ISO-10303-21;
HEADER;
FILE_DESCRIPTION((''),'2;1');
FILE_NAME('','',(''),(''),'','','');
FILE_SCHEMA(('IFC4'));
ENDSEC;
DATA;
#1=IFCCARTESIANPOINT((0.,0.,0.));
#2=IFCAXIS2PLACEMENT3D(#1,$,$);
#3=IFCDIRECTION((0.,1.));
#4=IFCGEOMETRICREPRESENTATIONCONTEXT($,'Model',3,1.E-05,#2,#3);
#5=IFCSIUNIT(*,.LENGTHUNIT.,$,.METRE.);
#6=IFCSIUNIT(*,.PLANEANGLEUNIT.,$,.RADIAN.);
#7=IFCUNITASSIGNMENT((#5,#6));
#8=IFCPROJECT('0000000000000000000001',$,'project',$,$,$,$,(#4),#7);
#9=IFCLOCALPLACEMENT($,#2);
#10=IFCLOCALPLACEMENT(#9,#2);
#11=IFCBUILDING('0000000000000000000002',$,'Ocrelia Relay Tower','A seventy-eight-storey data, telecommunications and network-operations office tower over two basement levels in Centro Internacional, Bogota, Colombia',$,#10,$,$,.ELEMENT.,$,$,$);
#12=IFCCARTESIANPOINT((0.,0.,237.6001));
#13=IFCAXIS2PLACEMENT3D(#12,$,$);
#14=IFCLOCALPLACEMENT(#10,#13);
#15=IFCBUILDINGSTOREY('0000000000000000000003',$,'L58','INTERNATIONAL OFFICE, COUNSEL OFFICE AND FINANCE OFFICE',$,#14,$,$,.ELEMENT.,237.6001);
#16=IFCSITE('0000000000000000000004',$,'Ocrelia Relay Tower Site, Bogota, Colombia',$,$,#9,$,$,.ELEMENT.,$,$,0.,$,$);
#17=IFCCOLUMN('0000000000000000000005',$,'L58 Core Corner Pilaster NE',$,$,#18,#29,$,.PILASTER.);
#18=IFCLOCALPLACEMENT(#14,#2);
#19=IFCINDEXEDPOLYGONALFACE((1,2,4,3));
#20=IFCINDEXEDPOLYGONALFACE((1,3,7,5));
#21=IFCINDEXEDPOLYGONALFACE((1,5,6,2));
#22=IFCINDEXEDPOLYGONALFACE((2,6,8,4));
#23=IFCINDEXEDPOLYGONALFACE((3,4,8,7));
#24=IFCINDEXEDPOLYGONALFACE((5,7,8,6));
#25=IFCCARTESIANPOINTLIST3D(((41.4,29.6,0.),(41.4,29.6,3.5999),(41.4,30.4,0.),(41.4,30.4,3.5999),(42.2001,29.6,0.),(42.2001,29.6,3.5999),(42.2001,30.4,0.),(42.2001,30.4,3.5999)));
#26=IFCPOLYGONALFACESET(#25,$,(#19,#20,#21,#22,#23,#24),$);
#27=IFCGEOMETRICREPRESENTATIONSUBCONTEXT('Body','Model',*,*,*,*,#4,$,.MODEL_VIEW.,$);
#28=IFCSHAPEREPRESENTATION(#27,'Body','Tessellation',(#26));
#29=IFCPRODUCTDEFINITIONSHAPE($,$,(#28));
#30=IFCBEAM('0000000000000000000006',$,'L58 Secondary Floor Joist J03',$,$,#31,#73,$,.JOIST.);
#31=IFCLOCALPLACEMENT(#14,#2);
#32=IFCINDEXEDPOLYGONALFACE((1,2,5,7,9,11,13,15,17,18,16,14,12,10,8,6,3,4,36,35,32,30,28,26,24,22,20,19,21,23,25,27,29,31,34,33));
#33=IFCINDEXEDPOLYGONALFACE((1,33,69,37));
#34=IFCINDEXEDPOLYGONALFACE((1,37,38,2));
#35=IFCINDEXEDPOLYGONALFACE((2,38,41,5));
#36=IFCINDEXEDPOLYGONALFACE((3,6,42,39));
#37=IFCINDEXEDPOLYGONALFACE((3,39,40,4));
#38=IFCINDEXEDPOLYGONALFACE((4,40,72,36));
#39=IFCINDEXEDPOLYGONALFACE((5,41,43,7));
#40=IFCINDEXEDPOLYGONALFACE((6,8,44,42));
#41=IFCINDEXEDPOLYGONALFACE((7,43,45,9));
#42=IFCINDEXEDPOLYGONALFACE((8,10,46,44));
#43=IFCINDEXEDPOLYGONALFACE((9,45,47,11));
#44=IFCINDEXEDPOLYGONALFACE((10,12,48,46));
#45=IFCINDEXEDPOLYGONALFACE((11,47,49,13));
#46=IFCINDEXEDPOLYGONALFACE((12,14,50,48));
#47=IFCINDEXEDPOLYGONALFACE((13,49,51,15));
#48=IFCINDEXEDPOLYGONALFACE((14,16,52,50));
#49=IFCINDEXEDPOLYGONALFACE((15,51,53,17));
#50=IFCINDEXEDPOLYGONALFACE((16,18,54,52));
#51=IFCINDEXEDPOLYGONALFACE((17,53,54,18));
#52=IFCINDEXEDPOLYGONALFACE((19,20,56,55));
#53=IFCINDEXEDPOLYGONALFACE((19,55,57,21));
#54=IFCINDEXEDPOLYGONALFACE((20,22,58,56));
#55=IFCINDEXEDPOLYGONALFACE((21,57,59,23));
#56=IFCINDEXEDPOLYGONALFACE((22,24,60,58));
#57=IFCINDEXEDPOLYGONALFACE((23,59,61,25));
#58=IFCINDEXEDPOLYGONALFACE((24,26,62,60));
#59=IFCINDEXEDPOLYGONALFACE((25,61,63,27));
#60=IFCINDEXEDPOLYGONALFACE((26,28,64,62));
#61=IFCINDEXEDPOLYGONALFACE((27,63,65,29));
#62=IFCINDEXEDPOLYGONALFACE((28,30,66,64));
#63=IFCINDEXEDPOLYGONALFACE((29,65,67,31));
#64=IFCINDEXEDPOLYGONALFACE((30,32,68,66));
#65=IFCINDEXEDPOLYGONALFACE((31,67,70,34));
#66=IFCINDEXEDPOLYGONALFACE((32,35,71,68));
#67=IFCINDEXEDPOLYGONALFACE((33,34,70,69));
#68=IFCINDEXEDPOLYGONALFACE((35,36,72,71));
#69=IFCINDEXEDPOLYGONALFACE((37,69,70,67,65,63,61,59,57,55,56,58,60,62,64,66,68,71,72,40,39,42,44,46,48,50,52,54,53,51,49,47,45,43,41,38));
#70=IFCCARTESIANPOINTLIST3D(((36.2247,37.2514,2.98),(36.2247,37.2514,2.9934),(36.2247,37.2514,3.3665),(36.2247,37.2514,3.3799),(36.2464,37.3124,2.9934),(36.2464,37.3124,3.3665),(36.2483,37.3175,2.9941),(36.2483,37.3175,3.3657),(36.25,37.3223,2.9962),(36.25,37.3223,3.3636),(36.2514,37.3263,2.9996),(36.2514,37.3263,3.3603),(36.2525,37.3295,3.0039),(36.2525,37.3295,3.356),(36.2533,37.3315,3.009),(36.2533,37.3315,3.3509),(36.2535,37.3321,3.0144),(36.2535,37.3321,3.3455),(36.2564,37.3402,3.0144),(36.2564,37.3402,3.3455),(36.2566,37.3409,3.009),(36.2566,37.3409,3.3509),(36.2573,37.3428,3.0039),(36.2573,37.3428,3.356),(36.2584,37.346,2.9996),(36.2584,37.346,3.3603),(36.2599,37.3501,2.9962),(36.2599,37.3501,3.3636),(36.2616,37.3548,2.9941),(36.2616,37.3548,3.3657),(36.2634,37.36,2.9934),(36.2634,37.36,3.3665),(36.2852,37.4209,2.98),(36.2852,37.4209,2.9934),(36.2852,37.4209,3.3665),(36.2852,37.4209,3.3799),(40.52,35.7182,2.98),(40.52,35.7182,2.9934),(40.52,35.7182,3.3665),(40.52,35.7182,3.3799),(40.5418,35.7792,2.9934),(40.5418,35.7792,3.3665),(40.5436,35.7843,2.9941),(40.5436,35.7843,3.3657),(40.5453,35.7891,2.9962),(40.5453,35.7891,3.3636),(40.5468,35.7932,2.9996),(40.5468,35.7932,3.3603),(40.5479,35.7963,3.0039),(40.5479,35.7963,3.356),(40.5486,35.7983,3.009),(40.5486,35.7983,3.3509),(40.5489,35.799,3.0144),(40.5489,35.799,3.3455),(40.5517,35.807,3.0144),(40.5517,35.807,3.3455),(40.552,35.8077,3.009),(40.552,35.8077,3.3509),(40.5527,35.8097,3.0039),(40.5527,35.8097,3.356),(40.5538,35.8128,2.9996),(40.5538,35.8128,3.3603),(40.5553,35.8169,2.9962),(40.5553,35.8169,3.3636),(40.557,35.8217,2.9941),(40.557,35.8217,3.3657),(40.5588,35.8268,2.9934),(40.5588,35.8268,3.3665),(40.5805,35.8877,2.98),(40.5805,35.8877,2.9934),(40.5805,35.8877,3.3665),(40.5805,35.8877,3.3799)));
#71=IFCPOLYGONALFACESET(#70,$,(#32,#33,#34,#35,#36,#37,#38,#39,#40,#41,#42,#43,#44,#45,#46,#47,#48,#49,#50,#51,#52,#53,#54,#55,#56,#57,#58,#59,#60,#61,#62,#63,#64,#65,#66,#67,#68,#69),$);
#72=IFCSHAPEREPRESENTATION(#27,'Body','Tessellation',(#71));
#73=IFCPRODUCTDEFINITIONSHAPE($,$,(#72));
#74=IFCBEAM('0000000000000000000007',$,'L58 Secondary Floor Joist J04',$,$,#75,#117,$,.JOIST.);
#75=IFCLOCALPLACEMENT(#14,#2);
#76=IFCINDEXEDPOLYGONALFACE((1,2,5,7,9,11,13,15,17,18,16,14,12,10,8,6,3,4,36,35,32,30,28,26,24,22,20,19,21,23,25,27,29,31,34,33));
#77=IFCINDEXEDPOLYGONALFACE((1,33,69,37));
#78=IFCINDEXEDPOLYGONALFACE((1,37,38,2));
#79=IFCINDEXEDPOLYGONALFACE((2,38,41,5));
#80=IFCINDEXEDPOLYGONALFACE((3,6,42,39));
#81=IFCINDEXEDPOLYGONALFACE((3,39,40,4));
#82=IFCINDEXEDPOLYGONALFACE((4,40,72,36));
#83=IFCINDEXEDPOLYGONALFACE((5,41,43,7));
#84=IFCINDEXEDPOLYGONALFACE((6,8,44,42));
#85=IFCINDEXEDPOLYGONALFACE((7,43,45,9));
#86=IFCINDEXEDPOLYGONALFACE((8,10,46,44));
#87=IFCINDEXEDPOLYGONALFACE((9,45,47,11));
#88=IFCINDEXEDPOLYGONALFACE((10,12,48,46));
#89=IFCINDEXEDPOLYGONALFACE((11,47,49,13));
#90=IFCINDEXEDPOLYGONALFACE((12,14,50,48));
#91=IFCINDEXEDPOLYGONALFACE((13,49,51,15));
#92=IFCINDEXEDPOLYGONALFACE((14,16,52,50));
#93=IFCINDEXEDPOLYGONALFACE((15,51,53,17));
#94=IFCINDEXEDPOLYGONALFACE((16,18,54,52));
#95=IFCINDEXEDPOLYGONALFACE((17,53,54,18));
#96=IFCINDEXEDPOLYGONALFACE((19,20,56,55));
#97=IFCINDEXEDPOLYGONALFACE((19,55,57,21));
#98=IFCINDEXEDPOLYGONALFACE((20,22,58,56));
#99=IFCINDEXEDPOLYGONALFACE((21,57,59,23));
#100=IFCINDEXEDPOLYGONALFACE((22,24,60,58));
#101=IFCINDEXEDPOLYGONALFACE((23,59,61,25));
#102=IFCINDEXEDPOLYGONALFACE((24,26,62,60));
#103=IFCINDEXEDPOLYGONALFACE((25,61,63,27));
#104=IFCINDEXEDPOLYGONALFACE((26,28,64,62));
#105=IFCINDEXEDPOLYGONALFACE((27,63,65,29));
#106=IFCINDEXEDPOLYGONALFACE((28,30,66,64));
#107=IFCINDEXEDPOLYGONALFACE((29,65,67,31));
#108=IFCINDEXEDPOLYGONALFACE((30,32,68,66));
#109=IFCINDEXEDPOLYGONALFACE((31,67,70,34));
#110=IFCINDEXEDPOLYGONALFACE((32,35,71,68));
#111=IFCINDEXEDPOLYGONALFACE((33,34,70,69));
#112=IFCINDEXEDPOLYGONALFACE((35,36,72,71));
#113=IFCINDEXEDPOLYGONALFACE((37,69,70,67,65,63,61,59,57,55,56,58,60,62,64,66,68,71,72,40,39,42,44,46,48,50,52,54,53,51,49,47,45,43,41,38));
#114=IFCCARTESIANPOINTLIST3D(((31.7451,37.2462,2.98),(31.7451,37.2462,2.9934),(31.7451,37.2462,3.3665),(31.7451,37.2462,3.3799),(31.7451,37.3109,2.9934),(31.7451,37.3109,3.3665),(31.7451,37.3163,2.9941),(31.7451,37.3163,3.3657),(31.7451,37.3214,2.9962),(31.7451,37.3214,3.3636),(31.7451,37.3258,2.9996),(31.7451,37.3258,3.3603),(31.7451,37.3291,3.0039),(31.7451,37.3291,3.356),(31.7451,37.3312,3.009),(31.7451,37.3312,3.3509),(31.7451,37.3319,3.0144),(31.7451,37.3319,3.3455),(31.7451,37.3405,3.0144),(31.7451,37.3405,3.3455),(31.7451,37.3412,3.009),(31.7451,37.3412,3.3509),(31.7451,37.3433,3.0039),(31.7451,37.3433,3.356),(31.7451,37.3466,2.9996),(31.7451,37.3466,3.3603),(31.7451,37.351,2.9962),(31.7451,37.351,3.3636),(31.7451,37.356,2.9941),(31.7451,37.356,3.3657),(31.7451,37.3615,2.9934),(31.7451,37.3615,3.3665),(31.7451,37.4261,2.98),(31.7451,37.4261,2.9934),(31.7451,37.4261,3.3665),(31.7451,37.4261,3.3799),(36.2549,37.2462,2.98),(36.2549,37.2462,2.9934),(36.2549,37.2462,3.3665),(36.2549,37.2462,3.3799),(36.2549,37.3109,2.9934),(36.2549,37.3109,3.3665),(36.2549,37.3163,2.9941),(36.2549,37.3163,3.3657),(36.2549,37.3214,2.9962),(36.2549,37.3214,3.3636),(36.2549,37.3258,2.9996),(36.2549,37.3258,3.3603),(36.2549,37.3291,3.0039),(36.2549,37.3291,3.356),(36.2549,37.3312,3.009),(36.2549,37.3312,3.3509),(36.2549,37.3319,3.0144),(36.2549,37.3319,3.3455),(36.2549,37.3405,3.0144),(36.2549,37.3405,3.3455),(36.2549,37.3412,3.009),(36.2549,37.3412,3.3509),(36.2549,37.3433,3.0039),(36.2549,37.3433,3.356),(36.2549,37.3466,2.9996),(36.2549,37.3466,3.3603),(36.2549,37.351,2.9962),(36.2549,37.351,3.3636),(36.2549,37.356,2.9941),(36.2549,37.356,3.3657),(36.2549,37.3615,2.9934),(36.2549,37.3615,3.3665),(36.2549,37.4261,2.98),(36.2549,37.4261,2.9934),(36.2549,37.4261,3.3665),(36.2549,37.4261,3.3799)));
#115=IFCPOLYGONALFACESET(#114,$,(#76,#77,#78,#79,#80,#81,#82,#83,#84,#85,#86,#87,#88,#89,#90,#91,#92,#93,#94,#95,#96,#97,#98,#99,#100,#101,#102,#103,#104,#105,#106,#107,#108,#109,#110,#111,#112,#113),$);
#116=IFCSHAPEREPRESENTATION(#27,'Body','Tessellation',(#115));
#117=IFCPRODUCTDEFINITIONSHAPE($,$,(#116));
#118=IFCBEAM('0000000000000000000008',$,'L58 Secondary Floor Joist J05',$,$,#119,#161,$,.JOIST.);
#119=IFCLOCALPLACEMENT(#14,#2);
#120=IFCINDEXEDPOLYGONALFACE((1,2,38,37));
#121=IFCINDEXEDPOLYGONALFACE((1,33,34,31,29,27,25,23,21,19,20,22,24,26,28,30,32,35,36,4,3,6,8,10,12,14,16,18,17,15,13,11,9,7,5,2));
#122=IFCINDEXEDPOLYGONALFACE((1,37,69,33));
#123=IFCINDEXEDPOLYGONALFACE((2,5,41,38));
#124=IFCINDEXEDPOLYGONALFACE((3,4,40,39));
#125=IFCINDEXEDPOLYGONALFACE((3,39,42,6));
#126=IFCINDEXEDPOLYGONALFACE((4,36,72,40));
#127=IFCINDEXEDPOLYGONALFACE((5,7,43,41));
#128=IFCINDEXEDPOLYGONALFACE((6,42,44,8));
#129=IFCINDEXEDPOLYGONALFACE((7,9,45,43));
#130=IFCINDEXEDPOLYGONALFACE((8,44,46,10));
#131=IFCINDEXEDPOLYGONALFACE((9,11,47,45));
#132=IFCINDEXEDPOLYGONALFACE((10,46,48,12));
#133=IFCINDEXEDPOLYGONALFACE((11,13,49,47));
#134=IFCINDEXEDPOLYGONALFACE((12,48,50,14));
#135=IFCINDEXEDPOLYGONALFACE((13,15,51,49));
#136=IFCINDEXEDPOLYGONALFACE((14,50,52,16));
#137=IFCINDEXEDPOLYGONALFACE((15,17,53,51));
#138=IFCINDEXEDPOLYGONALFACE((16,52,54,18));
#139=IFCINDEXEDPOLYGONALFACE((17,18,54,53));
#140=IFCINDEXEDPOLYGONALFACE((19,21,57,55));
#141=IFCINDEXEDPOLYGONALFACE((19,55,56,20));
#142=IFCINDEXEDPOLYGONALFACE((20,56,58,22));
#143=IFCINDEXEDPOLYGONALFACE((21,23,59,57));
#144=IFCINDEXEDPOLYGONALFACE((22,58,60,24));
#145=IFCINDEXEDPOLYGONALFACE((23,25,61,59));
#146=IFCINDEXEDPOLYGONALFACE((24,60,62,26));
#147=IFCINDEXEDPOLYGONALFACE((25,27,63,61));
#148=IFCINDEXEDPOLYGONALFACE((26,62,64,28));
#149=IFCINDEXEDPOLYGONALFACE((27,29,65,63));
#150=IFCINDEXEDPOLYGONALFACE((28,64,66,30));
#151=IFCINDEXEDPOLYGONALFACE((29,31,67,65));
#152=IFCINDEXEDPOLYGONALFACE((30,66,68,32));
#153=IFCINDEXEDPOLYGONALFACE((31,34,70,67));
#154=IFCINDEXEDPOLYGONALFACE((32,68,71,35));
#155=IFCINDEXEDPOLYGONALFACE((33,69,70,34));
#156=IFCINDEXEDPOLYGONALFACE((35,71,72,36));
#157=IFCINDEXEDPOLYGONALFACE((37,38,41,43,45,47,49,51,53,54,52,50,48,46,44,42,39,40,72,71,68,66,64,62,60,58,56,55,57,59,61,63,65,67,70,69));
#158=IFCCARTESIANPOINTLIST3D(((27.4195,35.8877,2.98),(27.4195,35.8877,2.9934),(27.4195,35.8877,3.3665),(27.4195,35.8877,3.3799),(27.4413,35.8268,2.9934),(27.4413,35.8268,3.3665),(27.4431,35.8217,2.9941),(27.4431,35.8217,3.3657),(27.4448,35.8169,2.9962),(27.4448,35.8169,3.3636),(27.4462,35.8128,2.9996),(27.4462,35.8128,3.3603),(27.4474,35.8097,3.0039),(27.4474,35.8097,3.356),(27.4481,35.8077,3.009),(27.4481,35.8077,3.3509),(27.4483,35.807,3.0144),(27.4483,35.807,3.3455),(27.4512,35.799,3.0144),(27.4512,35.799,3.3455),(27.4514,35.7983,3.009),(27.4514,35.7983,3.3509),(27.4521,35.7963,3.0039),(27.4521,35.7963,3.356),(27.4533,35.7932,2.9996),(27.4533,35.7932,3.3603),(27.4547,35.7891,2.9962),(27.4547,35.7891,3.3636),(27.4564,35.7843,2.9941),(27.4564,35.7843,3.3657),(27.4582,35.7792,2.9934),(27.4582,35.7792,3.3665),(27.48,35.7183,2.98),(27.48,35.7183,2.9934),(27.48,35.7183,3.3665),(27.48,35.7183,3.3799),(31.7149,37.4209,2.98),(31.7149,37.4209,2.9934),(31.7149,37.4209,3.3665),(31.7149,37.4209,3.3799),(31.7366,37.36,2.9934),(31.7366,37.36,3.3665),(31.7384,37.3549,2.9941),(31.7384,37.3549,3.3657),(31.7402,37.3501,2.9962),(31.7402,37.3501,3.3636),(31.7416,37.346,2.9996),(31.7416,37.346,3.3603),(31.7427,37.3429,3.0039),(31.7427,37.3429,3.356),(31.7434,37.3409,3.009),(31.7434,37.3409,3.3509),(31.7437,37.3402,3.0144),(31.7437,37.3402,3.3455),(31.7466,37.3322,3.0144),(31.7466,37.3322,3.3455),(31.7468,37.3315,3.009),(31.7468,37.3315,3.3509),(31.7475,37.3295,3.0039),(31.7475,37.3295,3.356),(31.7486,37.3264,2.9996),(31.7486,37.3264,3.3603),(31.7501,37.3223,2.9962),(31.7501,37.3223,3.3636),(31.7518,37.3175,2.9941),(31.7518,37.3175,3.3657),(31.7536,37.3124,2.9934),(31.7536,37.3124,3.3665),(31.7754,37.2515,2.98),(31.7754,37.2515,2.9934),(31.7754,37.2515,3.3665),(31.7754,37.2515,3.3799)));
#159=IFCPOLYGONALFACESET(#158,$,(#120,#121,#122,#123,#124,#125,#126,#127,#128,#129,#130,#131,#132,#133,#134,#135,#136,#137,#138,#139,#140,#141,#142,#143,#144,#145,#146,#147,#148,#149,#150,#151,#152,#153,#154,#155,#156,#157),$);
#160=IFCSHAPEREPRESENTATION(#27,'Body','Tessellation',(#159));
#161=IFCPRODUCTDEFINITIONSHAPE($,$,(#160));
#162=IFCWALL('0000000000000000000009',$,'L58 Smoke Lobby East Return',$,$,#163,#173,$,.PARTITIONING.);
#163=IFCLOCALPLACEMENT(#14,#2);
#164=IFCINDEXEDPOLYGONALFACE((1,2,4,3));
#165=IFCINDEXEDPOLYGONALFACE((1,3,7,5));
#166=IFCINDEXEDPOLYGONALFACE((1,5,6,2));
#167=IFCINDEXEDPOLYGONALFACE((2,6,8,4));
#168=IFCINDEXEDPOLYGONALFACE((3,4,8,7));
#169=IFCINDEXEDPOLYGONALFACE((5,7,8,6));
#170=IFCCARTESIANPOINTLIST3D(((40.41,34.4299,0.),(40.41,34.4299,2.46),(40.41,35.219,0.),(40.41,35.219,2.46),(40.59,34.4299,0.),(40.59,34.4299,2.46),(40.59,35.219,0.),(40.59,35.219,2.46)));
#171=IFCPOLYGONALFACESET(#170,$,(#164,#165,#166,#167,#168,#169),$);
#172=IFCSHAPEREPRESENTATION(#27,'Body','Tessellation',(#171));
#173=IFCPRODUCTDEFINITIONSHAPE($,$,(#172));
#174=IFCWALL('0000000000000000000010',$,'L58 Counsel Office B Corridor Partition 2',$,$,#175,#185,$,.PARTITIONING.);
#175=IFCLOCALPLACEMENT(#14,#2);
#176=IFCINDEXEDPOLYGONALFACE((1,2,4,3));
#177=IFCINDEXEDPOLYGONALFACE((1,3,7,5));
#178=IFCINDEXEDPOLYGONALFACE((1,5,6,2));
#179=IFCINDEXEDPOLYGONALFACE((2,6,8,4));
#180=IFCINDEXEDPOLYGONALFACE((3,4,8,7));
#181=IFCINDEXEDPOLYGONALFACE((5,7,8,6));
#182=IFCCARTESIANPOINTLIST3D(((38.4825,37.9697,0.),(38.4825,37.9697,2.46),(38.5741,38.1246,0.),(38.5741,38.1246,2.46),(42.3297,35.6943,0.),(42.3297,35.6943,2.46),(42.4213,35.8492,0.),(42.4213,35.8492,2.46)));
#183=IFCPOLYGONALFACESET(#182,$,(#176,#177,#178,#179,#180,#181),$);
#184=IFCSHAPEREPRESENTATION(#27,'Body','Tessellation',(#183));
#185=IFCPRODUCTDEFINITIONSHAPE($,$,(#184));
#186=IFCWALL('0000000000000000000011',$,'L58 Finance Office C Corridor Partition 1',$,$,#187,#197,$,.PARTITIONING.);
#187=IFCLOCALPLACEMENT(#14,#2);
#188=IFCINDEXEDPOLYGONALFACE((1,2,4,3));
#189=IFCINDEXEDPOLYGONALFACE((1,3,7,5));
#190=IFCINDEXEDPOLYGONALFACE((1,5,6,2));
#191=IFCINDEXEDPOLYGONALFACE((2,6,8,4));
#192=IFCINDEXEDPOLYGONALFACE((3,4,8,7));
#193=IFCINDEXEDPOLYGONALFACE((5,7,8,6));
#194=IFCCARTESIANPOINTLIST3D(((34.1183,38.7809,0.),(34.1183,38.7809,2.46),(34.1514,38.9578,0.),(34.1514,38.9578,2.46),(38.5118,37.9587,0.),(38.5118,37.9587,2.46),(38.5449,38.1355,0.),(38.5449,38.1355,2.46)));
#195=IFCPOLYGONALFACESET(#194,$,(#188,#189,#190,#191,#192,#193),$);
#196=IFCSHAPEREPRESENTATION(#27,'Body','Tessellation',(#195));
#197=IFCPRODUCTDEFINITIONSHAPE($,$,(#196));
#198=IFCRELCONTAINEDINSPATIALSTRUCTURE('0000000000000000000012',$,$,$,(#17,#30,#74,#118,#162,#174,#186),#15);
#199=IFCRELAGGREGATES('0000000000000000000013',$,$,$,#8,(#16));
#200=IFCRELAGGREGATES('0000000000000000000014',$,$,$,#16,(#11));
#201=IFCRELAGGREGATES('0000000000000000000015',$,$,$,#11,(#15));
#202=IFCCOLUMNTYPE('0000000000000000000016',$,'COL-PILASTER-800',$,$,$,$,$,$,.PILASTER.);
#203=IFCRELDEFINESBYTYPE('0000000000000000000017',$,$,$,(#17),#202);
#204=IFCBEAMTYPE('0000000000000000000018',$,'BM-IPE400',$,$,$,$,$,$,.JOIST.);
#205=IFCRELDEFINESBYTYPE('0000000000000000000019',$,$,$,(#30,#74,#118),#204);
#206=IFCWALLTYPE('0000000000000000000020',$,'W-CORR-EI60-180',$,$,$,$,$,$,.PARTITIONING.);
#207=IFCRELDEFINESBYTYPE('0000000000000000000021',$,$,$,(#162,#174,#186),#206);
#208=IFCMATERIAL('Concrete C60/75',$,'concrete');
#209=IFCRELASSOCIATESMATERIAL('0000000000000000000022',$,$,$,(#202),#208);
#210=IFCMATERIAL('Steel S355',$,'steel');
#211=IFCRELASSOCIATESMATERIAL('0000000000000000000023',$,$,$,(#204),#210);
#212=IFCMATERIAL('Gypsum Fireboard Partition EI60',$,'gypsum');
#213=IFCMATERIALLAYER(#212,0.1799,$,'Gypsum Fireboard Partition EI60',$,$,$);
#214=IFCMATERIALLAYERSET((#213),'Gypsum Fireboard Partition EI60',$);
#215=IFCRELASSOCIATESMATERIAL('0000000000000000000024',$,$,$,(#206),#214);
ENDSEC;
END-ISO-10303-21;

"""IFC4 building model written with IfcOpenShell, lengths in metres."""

from ifc_helpers import new_model, si_unit, direction, frame, frame_2d, origin, origin_2d, place, context, subcontext, project, spatial, rectangle, i_section, extrude, material, layer, layer_set, material_profile, profile_set, type_object, element, save


model = new_model("IFC4")

# Units and contexts
model_context = context("Model", 3, precision=1e-05, world=origin(), true_north=direction((0.0, 1.0)))
body_context = subcontext(model_context, "Body", "Model", "MODEL_VIEW")
ifc_project = project(units=[si_unit("LENGTHUNIT", "METRE"), si_unit("PLANEANGLEUNIT", "RADIAN")], contexts=[model_context])

# Site, building, storey
site_placement = place(None, origin())
site = spatial("IfcSite", under=ifc_project, at=site_placement, Name="Ocrelia Relay Tower Site, Bogota, Colombia", CompositionType="ELEMENT", RefElevation=0.0)
building_placement = place(site_placement, origin())
building = spatial("IfcBuilding", under=site, at=building_placement, Name="Ocrelia Relay Tower", Description="A seventy-eight-storey data, telecommunications and network-operations office tower over two basement levels in Centro Internacional, Bogota, Colombia", CompositionType="ELEMENT")
storey_placement = place(building_placement, frame((0.0, 0.0, 237.6001)))
storey = spatial("IfcBuildingStorey", under=building, at=storey_placement, Name="L58", Description="INTERNATIONAL OFFICE, COUNSEL OFFICE AND FINANCE OFFICE", CompositionType="ELEMENT", Elevation=237.6001)

# Column
ifc_material_1 = material(Name="Concrete C60/75", Category="concrete")
ifc_material_profile_1 = material_profile(ifc_material_1, rectangle(XDim=0.8, YDim=0.8, at=origin_2d()), Name="RC-COL-800x800")
ifc_profile_set_1 = profile_set([ifc_material_profile_1], Name="Concrete C60/75")
column_type = type_object("IfcColumnType", Name="COL-PILASTER-800", PredefinedType="PILASTER", material=ifc_profile_set_1)
column_placement = place(storey_placement, frame((41.8, 30.0, 0.0), z_axis=(0.0, 0.0, 1.0), x_axis=(1.0, 0.0, 0.0)))
element("IfcColumn", 1, at=column_placement, inside=storey, type_object=column_type, Name="L58 Core Corner Pilaster NE", PredefinedType="PILASTER", context=body_context, shape_type="SweptSolid", body=[
    extrude(rectangle(XDim=0.8, YDim=0.8, at=origin_2d()), origin(), (0.0, 0.0, 1.0), 3.5999),
])

# Beams
ifc_material_2 = material(Name="Steel S355", Category="steel")
ifc_material_profile_2 = material_profile(ifc_material_2, i_section(OverallWidth=0.1799, OverallDepth=0.3999, WebThickness=0.0085, FlangeThickness=0.0134, FilletRadius=0.021, at=origin_2d()), Name="IPE 400")
ifc_profile_set_2 = profile_set([ifc_material_profile_2], Name="Steel S355")
beam_type = type_object("IfcBeamType", Name="BM-IPE400", PredefinedType="JOIST", material=ifc_profile_set_2)
beam_1_placement = place(storey_placement, frame((40.5503, 35.803, 3.1799), z_axis=(-0.941802, 0.336167, 0.0), x_axis=(-0.336167, -0.941802, 0.0)))
element("IfcBeam", 2, at=beam_1_placement, inside=storey, type_object=beam_type, Name="L58 Secondary Floor Joist J03", PredefinedType="JOIST", context=body_context, shape_type="SweptSolid", body=[
    extrude(i_section(OverallWidth=0.1799, OverallDepth=0.3999, WebThickness=0.0085, FlangeThickness=0.0134, FilletRadius=0.021, at=origin_2d()), origin(), (0.0, 0.0, 1.0), 4.5608),
])
beam_2_placement = place(storey_placement, frame((36.2549, 37.3362, 3.1799), z_axis=(-1.0, 0.0, 0.0), x_axis=(0.0, -1.0, 0.0)))
element("IfcBeam", 3, at=beam_2_placement, inside=storey, type_object=beam_type, Name="L58 Secondary Floor Joist J04", PredefinedType="JOIST", context=body_context, shape_type="SweptSolid", body=[
    extrude(i_section(OverallWidth=0.1799, OverallDepth=0.3999, WebThickness=0.0085, FlangeThickness=0.0134, FilletRadius=0.021, at=origin_2d()), origin(), (0.0, 0.0, 1.0), 4.5098),
])
beam_3_placement = place(storey_placement, frame((31.7451, 37.3362, 3.1799), z_axis=(-0.941802, -0.336167, 0.0), x_axis=(0.336167, -0.941802, 0.0)))
element("IfcBeam", 4, at=beam_3_placement, inside=storey, type_object=beam_type, Name="L58 Secondary Floor Joist J05", PredefinedType="JOIST", context=body_context, shape_type="SweptSolid", body=[
    extrude(i_section(OverallWidth=0.1799, OverallDepth=0.3999, WebThickness=0.0085, FlangeThickness=0.0134, FilletRadius=0.021, at=origin_2d()), origin(), (0.0, 0.0, 1.0), 4.5608),
])

# Wall
ifc_material_3 = material(Name="Gypsum Fireboard Partition EI60", Category="gypsum")
ifc_layer_1 = layer(ifc_material_3, 0.1799, Name="Gypsum Fireboard Partition EI60")
ifc_layer_set_1 = layer_set([ifc_layer_1], Name="Gypsum Fireboard Partition EI60")
wall_type_1 = type_object("IfcWallType", Name="W-CORR-EI60-180", PredefinedType="PARTITIONING", material=ifc_layer_set_1)
wall_1_placement = place(storey_placement, frame((40.5, 35.219, 0.0), z_axis=(0.0, 0.0, 1.0), x_axis=(0.0, -1.0, 0.0)))
element("IfcWall", 5, at=wall_1_placement, inside=storey, type_object=wall_type_1, Name="L58 Smoke Lobby East Return", PredefinedType="PARTITIONING", context=body_context, shape_type="SweptSolid", body=[
    extrude(rectangle(XDim=0.7891, YDim=0.1799, at=frame_2d((0.3945, 0.0))), origin(), (0.0, 0.0, 1.0), 2.46),
])

# Walls
for number, where, z_axis, x_axis, name in (
    (6, (42.3755, 35.7717, 0.0), (0.0, 0.0, 1.0), (-0.860724, 0.509072, 0.0), "L58 Counsel Office B Corridor Partition 2"),
    (7, (38.5283, 38.0471, 0.0), (0.0, 0.0, 1.0), (-0.982934, 0.183959, 0.0), "L58 Finance Office C Corridor Partition 1"),
):
    element("IfcWall", number, at=place(storey_placement, frame(where, z_axis=z_axis, x_axis=x_axis)), inside=storey, type_object=wall_type_1, Name=name, PredefinedType="PARTITIONING", context=body_context, shape_type="SweptSolid", body=[
        extrude(rectangle(XDim=4.4697, YDim=0.1799, at=frame_2d((2.2349, 0.0))), origin(), (0.0, 0.0, 1.0), 2.46),
    ])

save(model, "model.ifc")
